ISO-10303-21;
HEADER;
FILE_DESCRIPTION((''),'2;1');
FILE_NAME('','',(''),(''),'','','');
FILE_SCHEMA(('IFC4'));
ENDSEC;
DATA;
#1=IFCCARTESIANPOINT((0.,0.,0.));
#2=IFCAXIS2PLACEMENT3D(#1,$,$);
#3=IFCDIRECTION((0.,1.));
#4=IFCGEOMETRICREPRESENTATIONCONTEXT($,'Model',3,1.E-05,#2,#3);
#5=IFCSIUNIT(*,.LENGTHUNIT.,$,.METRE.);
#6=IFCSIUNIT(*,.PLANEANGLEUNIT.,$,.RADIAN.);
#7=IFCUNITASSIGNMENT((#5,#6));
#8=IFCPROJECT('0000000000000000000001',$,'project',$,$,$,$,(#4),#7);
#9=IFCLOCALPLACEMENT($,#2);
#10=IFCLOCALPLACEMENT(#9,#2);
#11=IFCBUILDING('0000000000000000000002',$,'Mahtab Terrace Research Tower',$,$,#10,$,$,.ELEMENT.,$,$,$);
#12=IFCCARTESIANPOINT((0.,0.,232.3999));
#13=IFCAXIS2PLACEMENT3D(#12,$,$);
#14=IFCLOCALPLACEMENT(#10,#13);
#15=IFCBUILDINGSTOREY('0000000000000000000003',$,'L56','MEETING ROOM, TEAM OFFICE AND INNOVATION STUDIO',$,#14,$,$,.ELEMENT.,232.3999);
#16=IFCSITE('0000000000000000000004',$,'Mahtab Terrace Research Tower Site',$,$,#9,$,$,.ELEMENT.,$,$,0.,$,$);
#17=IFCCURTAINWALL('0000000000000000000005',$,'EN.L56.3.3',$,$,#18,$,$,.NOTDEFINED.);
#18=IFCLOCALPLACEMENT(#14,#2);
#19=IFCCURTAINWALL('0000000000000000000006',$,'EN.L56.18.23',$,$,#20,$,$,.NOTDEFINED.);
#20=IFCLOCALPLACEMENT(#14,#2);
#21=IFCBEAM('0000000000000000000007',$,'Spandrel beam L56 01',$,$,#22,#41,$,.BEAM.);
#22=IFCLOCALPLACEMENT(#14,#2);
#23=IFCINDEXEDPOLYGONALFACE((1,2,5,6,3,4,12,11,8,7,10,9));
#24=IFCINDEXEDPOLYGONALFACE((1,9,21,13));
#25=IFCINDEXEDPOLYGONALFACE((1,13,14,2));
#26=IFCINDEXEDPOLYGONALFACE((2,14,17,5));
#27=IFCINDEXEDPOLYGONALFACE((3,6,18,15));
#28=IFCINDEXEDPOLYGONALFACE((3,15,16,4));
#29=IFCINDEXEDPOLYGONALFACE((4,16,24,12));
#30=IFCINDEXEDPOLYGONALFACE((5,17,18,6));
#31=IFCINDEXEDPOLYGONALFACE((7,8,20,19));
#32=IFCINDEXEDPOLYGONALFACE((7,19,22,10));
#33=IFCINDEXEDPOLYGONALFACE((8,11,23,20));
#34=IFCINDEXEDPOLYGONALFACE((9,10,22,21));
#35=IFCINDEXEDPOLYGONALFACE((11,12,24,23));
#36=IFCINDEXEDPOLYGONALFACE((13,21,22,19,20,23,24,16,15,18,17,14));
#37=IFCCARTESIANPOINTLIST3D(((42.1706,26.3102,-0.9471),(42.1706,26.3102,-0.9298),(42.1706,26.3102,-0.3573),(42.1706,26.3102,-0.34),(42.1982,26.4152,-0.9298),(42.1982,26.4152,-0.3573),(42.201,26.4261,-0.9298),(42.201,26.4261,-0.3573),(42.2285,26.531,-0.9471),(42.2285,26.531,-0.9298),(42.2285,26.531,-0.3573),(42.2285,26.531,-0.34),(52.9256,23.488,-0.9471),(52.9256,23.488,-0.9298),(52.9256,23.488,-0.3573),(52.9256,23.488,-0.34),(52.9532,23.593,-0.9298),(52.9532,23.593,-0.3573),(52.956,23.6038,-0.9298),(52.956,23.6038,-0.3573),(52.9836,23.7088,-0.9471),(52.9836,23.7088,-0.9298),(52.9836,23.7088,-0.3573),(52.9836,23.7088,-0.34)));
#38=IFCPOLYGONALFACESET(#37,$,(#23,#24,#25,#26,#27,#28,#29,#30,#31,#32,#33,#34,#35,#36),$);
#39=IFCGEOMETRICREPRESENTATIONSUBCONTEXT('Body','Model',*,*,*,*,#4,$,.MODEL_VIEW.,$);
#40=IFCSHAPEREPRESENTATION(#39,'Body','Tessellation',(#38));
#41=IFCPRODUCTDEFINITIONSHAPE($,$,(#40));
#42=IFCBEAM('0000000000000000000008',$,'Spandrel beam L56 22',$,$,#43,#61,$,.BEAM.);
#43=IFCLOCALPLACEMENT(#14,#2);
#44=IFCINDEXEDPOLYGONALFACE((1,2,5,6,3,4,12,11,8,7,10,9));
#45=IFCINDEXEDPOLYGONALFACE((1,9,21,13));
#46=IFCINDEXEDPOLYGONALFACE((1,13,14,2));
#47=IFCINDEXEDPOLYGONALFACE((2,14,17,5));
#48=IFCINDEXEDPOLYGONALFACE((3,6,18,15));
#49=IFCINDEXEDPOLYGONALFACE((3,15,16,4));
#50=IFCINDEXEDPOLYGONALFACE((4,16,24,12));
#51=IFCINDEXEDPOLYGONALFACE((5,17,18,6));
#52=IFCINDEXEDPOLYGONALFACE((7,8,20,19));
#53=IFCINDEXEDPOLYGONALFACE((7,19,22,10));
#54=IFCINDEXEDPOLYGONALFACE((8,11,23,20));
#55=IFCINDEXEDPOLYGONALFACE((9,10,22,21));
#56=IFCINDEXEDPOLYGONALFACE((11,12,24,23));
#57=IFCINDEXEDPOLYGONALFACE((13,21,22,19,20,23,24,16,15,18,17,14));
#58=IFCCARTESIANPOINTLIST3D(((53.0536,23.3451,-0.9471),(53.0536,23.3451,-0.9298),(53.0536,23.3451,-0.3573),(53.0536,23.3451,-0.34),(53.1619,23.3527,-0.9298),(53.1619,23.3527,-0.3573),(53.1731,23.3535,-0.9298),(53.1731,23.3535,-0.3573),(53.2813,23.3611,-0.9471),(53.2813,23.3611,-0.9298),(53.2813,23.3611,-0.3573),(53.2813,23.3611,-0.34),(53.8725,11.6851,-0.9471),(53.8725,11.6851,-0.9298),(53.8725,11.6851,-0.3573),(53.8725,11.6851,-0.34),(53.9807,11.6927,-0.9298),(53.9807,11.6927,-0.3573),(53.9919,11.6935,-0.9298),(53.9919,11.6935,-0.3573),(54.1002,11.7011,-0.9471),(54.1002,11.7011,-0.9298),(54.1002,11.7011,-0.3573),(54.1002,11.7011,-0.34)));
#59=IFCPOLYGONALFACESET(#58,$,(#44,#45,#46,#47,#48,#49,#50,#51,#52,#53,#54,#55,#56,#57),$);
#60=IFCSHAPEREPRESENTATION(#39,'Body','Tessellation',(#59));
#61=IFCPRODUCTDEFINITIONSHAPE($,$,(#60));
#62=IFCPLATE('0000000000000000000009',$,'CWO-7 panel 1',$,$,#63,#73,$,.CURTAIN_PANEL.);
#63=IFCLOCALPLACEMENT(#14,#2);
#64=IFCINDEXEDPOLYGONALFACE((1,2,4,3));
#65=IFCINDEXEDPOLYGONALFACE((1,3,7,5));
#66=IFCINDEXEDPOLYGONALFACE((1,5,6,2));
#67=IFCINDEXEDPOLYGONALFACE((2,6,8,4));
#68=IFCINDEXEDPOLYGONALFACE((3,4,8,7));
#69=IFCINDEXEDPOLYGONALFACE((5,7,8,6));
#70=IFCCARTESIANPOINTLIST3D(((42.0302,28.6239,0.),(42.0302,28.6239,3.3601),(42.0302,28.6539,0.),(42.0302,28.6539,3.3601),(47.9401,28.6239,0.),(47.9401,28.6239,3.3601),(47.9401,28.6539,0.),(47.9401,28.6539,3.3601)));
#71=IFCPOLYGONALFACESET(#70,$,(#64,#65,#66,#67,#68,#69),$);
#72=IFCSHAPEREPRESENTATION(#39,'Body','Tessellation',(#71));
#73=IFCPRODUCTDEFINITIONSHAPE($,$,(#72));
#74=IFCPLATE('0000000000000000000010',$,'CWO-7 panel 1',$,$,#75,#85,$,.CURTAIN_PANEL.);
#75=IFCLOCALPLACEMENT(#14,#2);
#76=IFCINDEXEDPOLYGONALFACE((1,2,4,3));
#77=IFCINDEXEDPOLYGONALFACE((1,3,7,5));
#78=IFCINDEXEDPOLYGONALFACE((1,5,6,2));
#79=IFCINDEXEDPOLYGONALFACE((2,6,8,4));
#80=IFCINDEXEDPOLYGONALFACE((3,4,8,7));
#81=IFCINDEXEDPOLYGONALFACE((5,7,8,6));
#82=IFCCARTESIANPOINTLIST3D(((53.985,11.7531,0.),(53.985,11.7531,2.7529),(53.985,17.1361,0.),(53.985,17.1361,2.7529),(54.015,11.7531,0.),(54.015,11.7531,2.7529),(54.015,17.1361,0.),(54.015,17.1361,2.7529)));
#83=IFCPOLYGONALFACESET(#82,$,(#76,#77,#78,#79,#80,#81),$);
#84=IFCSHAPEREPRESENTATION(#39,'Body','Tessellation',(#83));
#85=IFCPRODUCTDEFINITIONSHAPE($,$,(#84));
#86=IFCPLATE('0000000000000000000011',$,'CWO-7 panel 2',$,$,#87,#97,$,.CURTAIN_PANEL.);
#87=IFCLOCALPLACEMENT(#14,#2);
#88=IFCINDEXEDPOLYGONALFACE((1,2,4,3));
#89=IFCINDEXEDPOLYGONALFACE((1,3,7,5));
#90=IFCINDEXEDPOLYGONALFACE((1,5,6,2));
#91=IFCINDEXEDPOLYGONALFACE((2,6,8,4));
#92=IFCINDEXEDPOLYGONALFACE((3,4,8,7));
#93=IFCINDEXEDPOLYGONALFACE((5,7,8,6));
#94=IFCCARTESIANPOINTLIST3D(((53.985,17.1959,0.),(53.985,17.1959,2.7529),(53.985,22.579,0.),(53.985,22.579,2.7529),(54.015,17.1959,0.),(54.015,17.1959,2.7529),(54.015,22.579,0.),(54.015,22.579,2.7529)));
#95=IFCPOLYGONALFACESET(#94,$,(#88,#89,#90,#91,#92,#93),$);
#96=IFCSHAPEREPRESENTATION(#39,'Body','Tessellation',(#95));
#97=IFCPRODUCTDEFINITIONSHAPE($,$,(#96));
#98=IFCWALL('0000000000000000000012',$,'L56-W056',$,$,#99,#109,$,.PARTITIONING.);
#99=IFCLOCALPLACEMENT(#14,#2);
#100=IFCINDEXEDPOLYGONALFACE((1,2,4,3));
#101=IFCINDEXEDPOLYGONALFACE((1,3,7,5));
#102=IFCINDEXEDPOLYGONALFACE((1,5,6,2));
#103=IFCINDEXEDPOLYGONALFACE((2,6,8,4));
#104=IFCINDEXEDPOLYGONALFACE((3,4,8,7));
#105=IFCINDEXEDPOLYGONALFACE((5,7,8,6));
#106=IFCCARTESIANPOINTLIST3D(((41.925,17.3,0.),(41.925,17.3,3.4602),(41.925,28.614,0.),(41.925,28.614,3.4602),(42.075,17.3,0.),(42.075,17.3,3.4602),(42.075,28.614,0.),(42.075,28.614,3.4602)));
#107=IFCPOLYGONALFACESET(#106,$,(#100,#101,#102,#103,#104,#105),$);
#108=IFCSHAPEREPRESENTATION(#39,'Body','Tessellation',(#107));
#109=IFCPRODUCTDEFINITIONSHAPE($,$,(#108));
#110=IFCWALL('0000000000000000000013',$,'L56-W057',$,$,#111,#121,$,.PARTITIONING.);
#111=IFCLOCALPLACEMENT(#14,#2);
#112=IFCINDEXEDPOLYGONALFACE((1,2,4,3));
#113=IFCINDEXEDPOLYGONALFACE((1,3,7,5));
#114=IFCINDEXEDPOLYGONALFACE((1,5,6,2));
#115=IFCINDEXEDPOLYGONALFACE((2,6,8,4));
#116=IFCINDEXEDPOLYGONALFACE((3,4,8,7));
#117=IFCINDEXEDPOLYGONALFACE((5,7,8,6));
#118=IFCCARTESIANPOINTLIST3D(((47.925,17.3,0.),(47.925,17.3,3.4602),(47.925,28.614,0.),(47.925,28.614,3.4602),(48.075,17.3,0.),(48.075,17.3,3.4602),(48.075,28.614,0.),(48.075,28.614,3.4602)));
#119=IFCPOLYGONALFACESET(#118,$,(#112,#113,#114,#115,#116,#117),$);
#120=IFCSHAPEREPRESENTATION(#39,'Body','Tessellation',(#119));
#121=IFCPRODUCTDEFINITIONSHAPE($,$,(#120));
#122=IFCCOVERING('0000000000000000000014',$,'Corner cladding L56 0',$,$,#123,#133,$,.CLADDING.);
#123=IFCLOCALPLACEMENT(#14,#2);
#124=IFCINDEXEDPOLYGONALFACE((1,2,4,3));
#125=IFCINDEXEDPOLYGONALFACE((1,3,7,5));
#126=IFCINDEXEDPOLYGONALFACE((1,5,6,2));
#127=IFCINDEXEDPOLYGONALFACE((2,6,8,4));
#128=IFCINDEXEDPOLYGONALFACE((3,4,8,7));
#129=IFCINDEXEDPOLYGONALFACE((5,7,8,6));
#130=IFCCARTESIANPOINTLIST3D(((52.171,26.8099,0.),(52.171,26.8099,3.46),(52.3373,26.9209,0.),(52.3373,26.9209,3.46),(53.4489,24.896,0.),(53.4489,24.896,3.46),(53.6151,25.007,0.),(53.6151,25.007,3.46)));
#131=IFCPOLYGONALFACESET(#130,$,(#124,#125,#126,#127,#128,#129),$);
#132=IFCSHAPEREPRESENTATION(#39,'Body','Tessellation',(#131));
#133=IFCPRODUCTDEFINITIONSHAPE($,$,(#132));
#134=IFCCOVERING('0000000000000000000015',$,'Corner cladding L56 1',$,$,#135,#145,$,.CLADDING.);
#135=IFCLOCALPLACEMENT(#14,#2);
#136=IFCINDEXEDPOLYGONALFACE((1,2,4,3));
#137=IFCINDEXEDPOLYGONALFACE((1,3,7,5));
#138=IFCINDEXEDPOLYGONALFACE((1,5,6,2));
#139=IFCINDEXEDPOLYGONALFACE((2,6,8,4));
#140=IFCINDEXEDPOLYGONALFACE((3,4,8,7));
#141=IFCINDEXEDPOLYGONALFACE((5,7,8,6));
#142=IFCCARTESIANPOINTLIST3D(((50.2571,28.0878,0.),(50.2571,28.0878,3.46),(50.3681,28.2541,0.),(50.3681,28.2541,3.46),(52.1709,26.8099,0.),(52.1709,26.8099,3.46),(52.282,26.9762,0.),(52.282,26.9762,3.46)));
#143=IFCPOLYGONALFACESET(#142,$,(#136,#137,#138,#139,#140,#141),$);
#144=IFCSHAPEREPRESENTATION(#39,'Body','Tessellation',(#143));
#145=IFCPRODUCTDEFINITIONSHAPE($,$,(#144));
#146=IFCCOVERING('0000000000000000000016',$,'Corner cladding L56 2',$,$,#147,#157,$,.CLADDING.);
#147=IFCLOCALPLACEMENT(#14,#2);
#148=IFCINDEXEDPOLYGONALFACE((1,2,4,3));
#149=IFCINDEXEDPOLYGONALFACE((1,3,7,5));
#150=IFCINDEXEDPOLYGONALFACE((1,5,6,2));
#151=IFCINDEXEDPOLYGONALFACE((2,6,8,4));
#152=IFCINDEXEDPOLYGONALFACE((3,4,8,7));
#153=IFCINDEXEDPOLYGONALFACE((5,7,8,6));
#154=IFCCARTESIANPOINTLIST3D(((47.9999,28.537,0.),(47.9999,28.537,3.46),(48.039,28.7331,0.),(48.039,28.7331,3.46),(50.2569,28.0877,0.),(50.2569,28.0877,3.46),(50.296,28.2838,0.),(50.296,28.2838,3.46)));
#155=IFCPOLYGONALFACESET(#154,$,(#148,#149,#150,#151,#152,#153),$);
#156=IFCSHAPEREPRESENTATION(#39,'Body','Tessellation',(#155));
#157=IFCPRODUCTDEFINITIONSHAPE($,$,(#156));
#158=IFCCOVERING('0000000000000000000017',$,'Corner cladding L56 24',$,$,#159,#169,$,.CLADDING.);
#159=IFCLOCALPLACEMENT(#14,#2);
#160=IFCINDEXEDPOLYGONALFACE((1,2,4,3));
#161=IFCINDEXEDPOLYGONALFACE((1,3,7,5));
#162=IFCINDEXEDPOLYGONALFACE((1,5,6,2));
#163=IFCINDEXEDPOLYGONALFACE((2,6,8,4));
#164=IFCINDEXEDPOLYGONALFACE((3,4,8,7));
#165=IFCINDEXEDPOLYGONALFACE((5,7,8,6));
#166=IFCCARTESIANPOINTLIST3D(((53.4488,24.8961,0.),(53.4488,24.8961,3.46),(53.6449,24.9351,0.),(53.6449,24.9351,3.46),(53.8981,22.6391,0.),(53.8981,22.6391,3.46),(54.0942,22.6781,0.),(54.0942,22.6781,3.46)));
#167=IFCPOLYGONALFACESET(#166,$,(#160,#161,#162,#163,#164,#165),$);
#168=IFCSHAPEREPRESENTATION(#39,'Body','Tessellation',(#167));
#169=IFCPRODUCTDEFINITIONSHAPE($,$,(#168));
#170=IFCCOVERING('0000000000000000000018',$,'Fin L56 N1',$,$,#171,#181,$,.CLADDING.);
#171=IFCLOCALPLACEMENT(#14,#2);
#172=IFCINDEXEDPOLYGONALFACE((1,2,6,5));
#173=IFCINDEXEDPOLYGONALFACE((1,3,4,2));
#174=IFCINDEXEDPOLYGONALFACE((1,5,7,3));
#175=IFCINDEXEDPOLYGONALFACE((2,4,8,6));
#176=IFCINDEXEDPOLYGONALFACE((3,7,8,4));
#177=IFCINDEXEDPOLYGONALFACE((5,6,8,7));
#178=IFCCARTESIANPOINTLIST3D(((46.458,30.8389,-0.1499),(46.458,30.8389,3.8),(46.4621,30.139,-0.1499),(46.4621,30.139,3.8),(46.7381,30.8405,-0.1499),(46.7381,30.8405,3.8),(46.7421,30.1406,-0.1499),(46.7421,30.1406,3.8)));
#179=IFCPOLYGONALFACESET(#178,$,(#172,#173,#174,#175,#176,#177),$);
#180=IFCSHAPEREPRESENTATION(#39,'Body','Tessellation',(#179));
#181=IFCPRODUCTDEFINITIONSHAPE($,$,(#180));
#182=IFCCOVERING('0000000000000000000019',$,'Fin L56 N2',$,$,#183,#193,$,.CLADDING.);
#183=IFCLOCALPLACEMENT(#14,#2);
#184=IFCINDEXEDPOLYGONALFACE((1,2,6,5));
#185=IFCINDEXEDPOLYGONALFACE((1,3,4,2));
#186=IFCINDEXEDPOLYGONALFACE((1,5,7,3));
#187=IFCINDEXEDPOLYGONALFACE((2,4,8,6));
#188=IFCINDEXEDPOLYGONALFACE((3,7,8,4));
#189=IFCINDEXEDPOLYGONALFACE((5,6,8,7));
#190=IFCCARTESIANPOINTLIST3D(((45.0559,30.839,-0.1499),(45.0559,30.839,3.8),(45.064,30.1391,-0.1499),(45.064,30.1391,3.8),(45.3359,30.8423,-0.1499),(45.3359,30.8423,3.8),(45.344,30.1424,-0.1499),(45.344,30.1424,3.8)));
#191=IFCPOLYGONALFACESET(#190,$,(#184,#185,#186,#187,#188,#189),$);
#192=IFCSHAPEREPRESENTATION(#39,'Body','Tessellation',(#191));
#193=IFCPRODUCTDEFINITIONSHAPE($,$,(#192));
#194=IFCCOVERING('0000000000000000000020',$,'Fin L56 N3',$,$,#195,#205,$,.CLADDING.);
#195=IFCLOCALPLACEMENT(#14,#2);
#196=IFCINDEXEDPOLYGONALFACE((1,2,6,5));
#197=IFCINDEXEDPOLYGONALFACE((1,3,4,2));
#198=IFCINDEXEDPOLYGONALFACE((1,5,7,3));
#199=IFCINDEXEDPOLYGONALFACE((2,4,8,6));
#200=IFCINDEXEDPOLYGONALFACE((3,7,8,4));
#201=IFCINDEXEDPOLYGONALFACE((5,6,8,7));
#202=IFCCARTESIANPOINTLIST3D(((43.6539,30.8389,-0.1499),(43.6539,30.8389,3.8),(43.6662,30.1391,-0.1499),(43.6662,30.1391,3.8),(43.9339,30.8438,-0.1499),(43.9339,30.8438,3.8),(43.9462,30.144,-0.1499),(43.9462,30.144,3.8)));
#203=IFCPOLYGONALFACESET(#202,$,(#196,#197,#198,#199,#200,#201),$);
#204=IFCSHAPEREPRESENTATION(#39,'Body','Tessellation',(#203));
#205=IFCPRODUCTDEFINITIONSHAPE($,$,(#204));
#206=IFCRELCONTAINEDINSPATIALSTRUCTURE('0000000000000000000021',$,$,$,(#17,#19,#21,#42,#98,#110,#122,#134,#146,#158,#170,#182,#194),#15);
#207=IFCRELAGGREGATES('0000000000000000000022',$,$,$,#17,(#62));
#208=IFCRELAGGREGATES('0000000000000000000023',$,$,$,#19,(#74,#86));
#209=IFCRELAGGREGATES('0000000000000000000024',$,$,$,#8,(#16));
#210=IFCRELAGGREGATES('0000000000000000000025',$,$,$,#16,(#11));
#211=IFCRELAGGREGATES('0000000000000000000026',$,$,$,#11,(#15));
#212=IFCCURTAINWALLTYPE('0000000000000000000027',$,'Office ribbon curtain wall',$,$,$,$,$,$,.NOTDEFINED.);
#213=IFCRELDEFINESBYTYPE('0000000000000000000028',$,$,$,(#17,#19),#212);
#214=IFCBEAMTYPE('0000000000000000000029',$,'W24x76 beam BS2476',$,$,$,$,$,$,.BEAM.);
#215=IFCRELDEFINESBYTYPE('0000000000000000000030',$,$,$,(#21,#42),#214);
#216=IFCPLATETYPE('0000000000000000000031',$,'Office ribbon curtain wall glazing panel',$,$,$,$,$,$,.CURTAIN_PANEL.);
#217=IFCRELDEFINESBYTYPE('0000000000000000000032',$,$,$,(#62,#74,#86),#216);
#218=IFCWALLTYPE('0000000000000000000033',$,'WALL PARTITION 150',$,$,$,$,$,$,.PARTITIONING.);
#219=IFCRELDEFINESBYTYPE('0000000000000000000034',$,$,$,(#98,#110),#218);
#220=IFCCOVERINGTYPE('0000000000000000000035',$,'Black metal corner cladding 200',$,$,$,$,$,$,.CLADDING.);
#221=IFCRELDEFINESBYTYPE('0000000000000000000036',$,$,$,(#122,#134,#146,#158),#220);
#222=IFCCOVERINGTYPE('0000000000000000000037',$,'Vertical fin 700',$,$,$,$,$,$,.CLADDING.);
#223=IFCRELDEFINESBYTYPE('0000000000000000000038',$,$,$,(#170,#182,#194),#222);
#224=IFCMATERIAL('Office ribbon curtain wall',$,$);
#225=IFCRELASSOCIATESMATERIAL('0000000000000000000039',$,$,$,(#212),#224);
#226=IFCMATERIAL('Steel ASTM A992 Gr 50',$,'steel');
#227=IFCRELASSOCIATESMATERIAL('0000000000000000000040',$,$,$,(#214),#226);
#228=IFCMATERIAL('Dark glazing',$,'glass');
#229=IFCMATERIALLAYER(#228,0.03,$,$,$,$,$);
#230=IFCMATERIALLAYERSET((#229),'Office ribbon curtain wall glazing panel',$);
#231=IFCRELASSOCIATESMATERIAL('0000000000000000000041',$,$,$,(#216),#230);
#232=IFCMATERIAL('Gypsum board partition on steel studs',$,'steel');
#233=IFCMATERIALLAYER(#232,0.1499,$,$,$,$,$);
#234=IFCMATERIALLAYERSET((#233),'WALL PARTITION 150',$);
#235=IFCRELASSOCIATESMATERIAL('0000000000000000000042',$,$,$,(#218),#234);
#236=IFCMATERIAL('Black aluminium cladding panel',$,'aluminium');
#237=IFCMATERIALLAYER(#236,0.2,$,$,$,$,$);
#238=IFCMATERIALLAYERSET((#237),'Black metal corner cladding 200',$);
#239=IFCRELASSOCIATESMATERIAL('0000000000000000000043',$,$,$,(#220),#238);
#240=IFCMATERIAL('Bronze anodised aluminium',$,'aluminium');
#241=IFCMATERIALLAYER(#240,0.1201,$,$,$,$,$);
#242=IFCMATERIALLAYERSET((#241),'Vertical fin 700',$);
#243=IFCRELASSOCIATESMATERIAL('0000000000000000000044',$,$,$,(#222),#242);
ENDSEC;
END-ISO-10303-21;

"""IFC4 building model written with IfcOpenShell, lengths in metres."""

from ifc_helpers import new_model, si_unit, direction, frame, frame_2d, origin, origin_2d, place, context, subcontext, project, spatial, rectangle, i_section, extrude, material, layer, layer_set, material_profile, profile_set, type_object, element, aggregate, save


model = new_model("IFC4")

# Units and contexts
model_context = context("Model", 3, precision=1e-05, world=origin(), true_north=direction((0.0, 1.0)))
body_context = subcontext(model_context, "Body", "Model", "MODEL_VIEW")
ifc_project = project(units=[si_unit("LENGTHUNIT", "METRE"), si_unit("PLANEANGLEUNIT", "RADIAN")], contexts=[model_context])

# Site, building, storey
site_placement = place(None, origin())
site = spatial("IfcSite", under=ifc_project, at=site_placement, Name="Mahtab Terrace Research Tower Site", CompositionType="ELEMENT", RefElevation=0.0)
building_placement = place(site_placement, origin())
building = spatial("IfcBuilding", under=site, at=building_placement, Name="Mahtab Terrace Research Tower", CompositionType="ELEMENT")
storey_placement = place(building_placement, frame((0.0, 0.0, 232.3999)))
storey = spatial("IfcBuildingStorey", under=building, at=storey_placement, Name="L56", Description="MEETING ROOM, TEAM OFFICE AND INNOVATION STUDIO", CompositionType="ELEMENT", Elevation=232.3999)

# Shared definitions
ifc_material_1 = material(Name="Steel ASTM A992 Gr 50", Category="steel")

# Curtain walls
ifc_material_2 = material(Name="Office ribbon curtain wall")
curtain_wall_type = type_object("IfcCurtainWallType", Name="Office ribbon curtain wall", PredefinedType="NOTDEFINED", material=ifc_material_2)
curtain_wall_1_placement = place(storey_placement, origin())
curtain_wall_1 = element("IfcCurtainWall", 1, at=curtain_wall_1_placement, inside=storey, type_object=curtain_wall_type, Name="EN.L56.3.3", PredefinedType="NOTDEFINED")
curtain_wall_2_placement = place(storey_placement, origin())
curtain_wall_2 = element("IfcCurtainWall", 2, at=curtain_wall_2_placement, inside=storey, type_object=curtain_wall_type, Name="EN.L56.18.23", PredefinedType="NOTDEFINED")

# Beams
ifc_material_profile_1 = material_profile(ifc_material_1, i_section(OverallWidth=0.2283, OverallDepth=0.6072, WebThickness=0.0112, FlangeThickness=0.0173, at=origin_2d()), Name="W24X76")
ifc_profile_set_1 = profile_set([ifc_material_profile_1], Name="Steel ASTM A992 Gr 50")
beam_type = type_object("IfcBeamType", Name="W24x76 beam BS2476", PredefinedType="BEAM", material=ifc_profile_set_1)
beam_1_placement = place(storey_placement, frame((52.9546, 23.5984, -0.6436), z_axis=(-0.967252, 0.253818, 0.0), x_axis=(-0.253818, -0.967252, 0.0)))
element("IfcBeam", 3, at=beam_1_placement, inside=storey, type_object=beam_type, Name="Spandrel beam L56 01", PredefinedType="BEAM", context=body_context, shape_type="SweptSolid", body=[
    extrude(i_section(OverallWidth=0.2283, OverallDepth=0.6072, WebThickness=0.0112, FlangeThickness=0.0173, at=origin_2d()), origin(), (0.0, 0.0, 1.0), 11.1191),
])
beam_2_placement = place(storey_placement, frame((53.9863, 11.6931, -0.6436), z_axis=(-0.070055, 0.997543, 0.0), x_axis=(-0.997543, -0.070055, 0.0)))
element("IfcBeam", 4, at=beam_2_placement, inside=storey, type_object=beam_type, Name="Spandrel beam L56 22", PredefinedType="BEAM", context=body_context, shape_type="SweptSolid", body=[
    extrude(i_section(OverallWidth=0.2283, OverallDepth=0.6072, WebThickness=0.0112, FlangeThickness=0.0173, at=origin_2d()), origin(), (0.0, 0.0, 1.0), 11.6887),
])

# Plates
ifc_material_3 = material(Name="Dark glazing", Category="glass")
ifc_layer_1 = layer(ifc_material_3, 0.03)
ifc_layer_set_1 = layer_set([ifc_layer_1], Name="Office ribbon curtain wall glazing panel")
plate_type = type_object("IfcPlateType", Name="Office ribbon curtain wall glazing panel", PredefinedType="CURTAIN_PANEL", material=ifc_layer_set_1)
plate_1_placement = place(storey_placement, frame((44.9851, 28.6389, 0.0), z_axis=(0.0, 0.0, 1.0), x_axis=(-1.0, 0.0, 0.0)))
plate_1 = element("IfcPlate", 5, at=plate_1_placement, type_object=plate_type, Name="CWO-7 panel 1", PredefinedType="CURTAIN_PANEL", context=body_context, shape_type="SweptSolid", body=[
    extrude(rectangle(XDim=5.9099, YDim=0.03, at=origin_2d()), origin(), (0.0, 0.0, 1.0), 3.3601),
])
aggregate(curtain_wall_1, [plate_1])
plate_2_placement = place(storey_placement, frame((54.0, 14.4446, 0.0), z_axis=(0.0, 0.0, 1.0), x_axis=(0.0, 1.0, 0.0)))
plate_2 = element("IfcPlate", 6, at=plate_2_placement, type_object=plate_type, Name="CWO-7 panel 1", PredefinedType="CURTAIN_PANEL", context=body_context, shape_type="SweptSolid", body=[
    extrude(rectangle(XDim=5.3831, YDim=0.03, at=origin_2d()), origin(), (0.0, 0.0, 1.0), 2.7529),
])
plate_3_placement = place(storey_placement, frame((54.0, 19.8875, 0.0), z_axis=(0.0, 0.0, 1.0), x_axis=(0.0, 1.0, 0.0)))
plate_3 = element("IfcPlate", 7, at=plate_3_placement, type_object=plate_type, Name="CWO-7 panel 2", PredefinedType="CURTAIN_PANEL", context=body_context, shape_type="SweptSolid", body=[
    extrude(rectangle(XDim=5.3831, YDim=0.03, at=origin_2d()), origin(), (0.0, 0.0, 1.0), 2.7529),
])
aggregate(curtain_wall_2, [plate_2, plate_3])

# Walls
ifc_material_4 = material(Name="Gypsum board partition on steel studs", Category="steel")
ifc_layer_2 = layer(ifc_material_4, 0.1499)
ifc_layer_set_2 = layer_set([ifc_layer_2], Name="WALL PARTITION 150")
wall_type = type_object("IfcWallType", Name="WALL PARTITION 150", PredefinedType="PARTITIONING", material=ifc_layer_set_2)
for number, where, z_axis, x_axis, name in (
    (8, (42.0, 17.3, 0.0), (0.0, 0.0, 1.0), (0.0, 1.0, 0.0), "L56-W056"),
    (9, (48.0, 17.3, 0.0), (0.0, 0.0, 1.0), (0.0, 1.0, 0.0), "L56-W057"),
):
    element("IfcWall", number, at=place(storey_placement, frame(where, z_axis=z_axis, x_axis=x_axis)), inside=storey, type_object=wall_type, Name=name, PredefinedType="PARTITIONING", context=body_context, shape_type="SweptSolid", body=[
        extrude(rectangle(XDim=11.314, YDim=0.1499, at=frame_2d((5.657, 0.0))), origin(), (0.0, 0.0, 1.0), 3.4602),
    ])

# Coverings
ifc_material_5 = material(Name="Black aluminium cladding panel", Category="aluminium")
ifc_layer_3 = layer(ifc_material_5, 0.2)
ifc_layer_set_3 = layer_set([ifc_layer_3], Name="Black metal corner cladding 200")
covering_type_1 = type_object("IfcCoveringType", Name="Black metal corner cladding 200", PredefinedType="CLADDING", material=ifc_layer_set_3)
for number, where, z_axis, x_axis, name in (
    (10, (52.8931, 25.9084, 0.0), (0.0, 0.0, 1.0), (-0.555291, 0.831656, 0.0), "Corner cladding L56 0"),
    (11, (51.2695, 27.532, 0.0), (0.0, 0.0, 1.0), (-0.831656, 0.555291, 0.0), "Corner cladding L56 1"),
    (12, (49.1479, 28.4104, 0.0), (0.0, 0.0, 1.0), (-0.980761, 0.195212, 0.0), "Corner cladding L56 2"),
    (13, (53.7715, 23.7871, 0.0), (0.0, 0.0, 1.0), (-0.195212, 0.980761, 0.0), "Corner cladding L56 24"),
):
    element("IfcCovering", number, at=place(storey_placement, frame(where, z_axis=z_axis, x_axis=x_axis)), inside=storey, type_object=covering_type_1, Name=name, PredefinedType="CLADDING", context=body_context, shape_type="SweptSolid", body=[
        extrude(rectangle(XDim=2.3013, YDim=0.2, at=origin_2d()), origin(), (0.0, 0.0, 1.0), 3.46),
    ])
ifc_material_6 = material(Name="Bronze anodised aluminium", Category="aluminium")
ifc_layer_4 = layer(ifc_material_6, 0.1201)
ifc_layer_set_4 = layer_set([ifc_layer_4], Name="Vertical fin 700")
covering_type_2 = type_object("IfcCoveringType", Name="Vertical fin 700", PredefinedType="CLADDING", material=ifc_layer_set_4)
for number, where, z_axis, x_axis, name in (
    (14, (46.6001, 30.4897, -0.1499), (0.0, 0.0, 1.0), (-0.999983, -0.005818, 0.0), "Fin L56 N1"),
    (15, (45.2, 30.4907, -0.1499), (0.0, 0.0, 1.0), (-0.999932, -0.011635, 0.0), "Fin L56 N2"),
    (16, (43.8, 30.4915, -0.1499), (0.0, 0.0, 1.0), (-0.999848, -0.017452, 0.0), "Fin L56 N3"),
):
    element("IfcCovering", number, at=place(storey_placement, frame(where, z_axis=z_axis, x_axis=x_axis)), inside=storey, type_object=covering_type_2, Name=name, PredefinedType="CLADDING", context=body_context, shape_type="SweptSolid", body=[
        extrude(rectangle(XDim=0.28, YDim=0.7, at=origin_2d()), origin(), (0.0, 0.0, 1.0), 3.95),
    ])

save(model, "model.ifc")
